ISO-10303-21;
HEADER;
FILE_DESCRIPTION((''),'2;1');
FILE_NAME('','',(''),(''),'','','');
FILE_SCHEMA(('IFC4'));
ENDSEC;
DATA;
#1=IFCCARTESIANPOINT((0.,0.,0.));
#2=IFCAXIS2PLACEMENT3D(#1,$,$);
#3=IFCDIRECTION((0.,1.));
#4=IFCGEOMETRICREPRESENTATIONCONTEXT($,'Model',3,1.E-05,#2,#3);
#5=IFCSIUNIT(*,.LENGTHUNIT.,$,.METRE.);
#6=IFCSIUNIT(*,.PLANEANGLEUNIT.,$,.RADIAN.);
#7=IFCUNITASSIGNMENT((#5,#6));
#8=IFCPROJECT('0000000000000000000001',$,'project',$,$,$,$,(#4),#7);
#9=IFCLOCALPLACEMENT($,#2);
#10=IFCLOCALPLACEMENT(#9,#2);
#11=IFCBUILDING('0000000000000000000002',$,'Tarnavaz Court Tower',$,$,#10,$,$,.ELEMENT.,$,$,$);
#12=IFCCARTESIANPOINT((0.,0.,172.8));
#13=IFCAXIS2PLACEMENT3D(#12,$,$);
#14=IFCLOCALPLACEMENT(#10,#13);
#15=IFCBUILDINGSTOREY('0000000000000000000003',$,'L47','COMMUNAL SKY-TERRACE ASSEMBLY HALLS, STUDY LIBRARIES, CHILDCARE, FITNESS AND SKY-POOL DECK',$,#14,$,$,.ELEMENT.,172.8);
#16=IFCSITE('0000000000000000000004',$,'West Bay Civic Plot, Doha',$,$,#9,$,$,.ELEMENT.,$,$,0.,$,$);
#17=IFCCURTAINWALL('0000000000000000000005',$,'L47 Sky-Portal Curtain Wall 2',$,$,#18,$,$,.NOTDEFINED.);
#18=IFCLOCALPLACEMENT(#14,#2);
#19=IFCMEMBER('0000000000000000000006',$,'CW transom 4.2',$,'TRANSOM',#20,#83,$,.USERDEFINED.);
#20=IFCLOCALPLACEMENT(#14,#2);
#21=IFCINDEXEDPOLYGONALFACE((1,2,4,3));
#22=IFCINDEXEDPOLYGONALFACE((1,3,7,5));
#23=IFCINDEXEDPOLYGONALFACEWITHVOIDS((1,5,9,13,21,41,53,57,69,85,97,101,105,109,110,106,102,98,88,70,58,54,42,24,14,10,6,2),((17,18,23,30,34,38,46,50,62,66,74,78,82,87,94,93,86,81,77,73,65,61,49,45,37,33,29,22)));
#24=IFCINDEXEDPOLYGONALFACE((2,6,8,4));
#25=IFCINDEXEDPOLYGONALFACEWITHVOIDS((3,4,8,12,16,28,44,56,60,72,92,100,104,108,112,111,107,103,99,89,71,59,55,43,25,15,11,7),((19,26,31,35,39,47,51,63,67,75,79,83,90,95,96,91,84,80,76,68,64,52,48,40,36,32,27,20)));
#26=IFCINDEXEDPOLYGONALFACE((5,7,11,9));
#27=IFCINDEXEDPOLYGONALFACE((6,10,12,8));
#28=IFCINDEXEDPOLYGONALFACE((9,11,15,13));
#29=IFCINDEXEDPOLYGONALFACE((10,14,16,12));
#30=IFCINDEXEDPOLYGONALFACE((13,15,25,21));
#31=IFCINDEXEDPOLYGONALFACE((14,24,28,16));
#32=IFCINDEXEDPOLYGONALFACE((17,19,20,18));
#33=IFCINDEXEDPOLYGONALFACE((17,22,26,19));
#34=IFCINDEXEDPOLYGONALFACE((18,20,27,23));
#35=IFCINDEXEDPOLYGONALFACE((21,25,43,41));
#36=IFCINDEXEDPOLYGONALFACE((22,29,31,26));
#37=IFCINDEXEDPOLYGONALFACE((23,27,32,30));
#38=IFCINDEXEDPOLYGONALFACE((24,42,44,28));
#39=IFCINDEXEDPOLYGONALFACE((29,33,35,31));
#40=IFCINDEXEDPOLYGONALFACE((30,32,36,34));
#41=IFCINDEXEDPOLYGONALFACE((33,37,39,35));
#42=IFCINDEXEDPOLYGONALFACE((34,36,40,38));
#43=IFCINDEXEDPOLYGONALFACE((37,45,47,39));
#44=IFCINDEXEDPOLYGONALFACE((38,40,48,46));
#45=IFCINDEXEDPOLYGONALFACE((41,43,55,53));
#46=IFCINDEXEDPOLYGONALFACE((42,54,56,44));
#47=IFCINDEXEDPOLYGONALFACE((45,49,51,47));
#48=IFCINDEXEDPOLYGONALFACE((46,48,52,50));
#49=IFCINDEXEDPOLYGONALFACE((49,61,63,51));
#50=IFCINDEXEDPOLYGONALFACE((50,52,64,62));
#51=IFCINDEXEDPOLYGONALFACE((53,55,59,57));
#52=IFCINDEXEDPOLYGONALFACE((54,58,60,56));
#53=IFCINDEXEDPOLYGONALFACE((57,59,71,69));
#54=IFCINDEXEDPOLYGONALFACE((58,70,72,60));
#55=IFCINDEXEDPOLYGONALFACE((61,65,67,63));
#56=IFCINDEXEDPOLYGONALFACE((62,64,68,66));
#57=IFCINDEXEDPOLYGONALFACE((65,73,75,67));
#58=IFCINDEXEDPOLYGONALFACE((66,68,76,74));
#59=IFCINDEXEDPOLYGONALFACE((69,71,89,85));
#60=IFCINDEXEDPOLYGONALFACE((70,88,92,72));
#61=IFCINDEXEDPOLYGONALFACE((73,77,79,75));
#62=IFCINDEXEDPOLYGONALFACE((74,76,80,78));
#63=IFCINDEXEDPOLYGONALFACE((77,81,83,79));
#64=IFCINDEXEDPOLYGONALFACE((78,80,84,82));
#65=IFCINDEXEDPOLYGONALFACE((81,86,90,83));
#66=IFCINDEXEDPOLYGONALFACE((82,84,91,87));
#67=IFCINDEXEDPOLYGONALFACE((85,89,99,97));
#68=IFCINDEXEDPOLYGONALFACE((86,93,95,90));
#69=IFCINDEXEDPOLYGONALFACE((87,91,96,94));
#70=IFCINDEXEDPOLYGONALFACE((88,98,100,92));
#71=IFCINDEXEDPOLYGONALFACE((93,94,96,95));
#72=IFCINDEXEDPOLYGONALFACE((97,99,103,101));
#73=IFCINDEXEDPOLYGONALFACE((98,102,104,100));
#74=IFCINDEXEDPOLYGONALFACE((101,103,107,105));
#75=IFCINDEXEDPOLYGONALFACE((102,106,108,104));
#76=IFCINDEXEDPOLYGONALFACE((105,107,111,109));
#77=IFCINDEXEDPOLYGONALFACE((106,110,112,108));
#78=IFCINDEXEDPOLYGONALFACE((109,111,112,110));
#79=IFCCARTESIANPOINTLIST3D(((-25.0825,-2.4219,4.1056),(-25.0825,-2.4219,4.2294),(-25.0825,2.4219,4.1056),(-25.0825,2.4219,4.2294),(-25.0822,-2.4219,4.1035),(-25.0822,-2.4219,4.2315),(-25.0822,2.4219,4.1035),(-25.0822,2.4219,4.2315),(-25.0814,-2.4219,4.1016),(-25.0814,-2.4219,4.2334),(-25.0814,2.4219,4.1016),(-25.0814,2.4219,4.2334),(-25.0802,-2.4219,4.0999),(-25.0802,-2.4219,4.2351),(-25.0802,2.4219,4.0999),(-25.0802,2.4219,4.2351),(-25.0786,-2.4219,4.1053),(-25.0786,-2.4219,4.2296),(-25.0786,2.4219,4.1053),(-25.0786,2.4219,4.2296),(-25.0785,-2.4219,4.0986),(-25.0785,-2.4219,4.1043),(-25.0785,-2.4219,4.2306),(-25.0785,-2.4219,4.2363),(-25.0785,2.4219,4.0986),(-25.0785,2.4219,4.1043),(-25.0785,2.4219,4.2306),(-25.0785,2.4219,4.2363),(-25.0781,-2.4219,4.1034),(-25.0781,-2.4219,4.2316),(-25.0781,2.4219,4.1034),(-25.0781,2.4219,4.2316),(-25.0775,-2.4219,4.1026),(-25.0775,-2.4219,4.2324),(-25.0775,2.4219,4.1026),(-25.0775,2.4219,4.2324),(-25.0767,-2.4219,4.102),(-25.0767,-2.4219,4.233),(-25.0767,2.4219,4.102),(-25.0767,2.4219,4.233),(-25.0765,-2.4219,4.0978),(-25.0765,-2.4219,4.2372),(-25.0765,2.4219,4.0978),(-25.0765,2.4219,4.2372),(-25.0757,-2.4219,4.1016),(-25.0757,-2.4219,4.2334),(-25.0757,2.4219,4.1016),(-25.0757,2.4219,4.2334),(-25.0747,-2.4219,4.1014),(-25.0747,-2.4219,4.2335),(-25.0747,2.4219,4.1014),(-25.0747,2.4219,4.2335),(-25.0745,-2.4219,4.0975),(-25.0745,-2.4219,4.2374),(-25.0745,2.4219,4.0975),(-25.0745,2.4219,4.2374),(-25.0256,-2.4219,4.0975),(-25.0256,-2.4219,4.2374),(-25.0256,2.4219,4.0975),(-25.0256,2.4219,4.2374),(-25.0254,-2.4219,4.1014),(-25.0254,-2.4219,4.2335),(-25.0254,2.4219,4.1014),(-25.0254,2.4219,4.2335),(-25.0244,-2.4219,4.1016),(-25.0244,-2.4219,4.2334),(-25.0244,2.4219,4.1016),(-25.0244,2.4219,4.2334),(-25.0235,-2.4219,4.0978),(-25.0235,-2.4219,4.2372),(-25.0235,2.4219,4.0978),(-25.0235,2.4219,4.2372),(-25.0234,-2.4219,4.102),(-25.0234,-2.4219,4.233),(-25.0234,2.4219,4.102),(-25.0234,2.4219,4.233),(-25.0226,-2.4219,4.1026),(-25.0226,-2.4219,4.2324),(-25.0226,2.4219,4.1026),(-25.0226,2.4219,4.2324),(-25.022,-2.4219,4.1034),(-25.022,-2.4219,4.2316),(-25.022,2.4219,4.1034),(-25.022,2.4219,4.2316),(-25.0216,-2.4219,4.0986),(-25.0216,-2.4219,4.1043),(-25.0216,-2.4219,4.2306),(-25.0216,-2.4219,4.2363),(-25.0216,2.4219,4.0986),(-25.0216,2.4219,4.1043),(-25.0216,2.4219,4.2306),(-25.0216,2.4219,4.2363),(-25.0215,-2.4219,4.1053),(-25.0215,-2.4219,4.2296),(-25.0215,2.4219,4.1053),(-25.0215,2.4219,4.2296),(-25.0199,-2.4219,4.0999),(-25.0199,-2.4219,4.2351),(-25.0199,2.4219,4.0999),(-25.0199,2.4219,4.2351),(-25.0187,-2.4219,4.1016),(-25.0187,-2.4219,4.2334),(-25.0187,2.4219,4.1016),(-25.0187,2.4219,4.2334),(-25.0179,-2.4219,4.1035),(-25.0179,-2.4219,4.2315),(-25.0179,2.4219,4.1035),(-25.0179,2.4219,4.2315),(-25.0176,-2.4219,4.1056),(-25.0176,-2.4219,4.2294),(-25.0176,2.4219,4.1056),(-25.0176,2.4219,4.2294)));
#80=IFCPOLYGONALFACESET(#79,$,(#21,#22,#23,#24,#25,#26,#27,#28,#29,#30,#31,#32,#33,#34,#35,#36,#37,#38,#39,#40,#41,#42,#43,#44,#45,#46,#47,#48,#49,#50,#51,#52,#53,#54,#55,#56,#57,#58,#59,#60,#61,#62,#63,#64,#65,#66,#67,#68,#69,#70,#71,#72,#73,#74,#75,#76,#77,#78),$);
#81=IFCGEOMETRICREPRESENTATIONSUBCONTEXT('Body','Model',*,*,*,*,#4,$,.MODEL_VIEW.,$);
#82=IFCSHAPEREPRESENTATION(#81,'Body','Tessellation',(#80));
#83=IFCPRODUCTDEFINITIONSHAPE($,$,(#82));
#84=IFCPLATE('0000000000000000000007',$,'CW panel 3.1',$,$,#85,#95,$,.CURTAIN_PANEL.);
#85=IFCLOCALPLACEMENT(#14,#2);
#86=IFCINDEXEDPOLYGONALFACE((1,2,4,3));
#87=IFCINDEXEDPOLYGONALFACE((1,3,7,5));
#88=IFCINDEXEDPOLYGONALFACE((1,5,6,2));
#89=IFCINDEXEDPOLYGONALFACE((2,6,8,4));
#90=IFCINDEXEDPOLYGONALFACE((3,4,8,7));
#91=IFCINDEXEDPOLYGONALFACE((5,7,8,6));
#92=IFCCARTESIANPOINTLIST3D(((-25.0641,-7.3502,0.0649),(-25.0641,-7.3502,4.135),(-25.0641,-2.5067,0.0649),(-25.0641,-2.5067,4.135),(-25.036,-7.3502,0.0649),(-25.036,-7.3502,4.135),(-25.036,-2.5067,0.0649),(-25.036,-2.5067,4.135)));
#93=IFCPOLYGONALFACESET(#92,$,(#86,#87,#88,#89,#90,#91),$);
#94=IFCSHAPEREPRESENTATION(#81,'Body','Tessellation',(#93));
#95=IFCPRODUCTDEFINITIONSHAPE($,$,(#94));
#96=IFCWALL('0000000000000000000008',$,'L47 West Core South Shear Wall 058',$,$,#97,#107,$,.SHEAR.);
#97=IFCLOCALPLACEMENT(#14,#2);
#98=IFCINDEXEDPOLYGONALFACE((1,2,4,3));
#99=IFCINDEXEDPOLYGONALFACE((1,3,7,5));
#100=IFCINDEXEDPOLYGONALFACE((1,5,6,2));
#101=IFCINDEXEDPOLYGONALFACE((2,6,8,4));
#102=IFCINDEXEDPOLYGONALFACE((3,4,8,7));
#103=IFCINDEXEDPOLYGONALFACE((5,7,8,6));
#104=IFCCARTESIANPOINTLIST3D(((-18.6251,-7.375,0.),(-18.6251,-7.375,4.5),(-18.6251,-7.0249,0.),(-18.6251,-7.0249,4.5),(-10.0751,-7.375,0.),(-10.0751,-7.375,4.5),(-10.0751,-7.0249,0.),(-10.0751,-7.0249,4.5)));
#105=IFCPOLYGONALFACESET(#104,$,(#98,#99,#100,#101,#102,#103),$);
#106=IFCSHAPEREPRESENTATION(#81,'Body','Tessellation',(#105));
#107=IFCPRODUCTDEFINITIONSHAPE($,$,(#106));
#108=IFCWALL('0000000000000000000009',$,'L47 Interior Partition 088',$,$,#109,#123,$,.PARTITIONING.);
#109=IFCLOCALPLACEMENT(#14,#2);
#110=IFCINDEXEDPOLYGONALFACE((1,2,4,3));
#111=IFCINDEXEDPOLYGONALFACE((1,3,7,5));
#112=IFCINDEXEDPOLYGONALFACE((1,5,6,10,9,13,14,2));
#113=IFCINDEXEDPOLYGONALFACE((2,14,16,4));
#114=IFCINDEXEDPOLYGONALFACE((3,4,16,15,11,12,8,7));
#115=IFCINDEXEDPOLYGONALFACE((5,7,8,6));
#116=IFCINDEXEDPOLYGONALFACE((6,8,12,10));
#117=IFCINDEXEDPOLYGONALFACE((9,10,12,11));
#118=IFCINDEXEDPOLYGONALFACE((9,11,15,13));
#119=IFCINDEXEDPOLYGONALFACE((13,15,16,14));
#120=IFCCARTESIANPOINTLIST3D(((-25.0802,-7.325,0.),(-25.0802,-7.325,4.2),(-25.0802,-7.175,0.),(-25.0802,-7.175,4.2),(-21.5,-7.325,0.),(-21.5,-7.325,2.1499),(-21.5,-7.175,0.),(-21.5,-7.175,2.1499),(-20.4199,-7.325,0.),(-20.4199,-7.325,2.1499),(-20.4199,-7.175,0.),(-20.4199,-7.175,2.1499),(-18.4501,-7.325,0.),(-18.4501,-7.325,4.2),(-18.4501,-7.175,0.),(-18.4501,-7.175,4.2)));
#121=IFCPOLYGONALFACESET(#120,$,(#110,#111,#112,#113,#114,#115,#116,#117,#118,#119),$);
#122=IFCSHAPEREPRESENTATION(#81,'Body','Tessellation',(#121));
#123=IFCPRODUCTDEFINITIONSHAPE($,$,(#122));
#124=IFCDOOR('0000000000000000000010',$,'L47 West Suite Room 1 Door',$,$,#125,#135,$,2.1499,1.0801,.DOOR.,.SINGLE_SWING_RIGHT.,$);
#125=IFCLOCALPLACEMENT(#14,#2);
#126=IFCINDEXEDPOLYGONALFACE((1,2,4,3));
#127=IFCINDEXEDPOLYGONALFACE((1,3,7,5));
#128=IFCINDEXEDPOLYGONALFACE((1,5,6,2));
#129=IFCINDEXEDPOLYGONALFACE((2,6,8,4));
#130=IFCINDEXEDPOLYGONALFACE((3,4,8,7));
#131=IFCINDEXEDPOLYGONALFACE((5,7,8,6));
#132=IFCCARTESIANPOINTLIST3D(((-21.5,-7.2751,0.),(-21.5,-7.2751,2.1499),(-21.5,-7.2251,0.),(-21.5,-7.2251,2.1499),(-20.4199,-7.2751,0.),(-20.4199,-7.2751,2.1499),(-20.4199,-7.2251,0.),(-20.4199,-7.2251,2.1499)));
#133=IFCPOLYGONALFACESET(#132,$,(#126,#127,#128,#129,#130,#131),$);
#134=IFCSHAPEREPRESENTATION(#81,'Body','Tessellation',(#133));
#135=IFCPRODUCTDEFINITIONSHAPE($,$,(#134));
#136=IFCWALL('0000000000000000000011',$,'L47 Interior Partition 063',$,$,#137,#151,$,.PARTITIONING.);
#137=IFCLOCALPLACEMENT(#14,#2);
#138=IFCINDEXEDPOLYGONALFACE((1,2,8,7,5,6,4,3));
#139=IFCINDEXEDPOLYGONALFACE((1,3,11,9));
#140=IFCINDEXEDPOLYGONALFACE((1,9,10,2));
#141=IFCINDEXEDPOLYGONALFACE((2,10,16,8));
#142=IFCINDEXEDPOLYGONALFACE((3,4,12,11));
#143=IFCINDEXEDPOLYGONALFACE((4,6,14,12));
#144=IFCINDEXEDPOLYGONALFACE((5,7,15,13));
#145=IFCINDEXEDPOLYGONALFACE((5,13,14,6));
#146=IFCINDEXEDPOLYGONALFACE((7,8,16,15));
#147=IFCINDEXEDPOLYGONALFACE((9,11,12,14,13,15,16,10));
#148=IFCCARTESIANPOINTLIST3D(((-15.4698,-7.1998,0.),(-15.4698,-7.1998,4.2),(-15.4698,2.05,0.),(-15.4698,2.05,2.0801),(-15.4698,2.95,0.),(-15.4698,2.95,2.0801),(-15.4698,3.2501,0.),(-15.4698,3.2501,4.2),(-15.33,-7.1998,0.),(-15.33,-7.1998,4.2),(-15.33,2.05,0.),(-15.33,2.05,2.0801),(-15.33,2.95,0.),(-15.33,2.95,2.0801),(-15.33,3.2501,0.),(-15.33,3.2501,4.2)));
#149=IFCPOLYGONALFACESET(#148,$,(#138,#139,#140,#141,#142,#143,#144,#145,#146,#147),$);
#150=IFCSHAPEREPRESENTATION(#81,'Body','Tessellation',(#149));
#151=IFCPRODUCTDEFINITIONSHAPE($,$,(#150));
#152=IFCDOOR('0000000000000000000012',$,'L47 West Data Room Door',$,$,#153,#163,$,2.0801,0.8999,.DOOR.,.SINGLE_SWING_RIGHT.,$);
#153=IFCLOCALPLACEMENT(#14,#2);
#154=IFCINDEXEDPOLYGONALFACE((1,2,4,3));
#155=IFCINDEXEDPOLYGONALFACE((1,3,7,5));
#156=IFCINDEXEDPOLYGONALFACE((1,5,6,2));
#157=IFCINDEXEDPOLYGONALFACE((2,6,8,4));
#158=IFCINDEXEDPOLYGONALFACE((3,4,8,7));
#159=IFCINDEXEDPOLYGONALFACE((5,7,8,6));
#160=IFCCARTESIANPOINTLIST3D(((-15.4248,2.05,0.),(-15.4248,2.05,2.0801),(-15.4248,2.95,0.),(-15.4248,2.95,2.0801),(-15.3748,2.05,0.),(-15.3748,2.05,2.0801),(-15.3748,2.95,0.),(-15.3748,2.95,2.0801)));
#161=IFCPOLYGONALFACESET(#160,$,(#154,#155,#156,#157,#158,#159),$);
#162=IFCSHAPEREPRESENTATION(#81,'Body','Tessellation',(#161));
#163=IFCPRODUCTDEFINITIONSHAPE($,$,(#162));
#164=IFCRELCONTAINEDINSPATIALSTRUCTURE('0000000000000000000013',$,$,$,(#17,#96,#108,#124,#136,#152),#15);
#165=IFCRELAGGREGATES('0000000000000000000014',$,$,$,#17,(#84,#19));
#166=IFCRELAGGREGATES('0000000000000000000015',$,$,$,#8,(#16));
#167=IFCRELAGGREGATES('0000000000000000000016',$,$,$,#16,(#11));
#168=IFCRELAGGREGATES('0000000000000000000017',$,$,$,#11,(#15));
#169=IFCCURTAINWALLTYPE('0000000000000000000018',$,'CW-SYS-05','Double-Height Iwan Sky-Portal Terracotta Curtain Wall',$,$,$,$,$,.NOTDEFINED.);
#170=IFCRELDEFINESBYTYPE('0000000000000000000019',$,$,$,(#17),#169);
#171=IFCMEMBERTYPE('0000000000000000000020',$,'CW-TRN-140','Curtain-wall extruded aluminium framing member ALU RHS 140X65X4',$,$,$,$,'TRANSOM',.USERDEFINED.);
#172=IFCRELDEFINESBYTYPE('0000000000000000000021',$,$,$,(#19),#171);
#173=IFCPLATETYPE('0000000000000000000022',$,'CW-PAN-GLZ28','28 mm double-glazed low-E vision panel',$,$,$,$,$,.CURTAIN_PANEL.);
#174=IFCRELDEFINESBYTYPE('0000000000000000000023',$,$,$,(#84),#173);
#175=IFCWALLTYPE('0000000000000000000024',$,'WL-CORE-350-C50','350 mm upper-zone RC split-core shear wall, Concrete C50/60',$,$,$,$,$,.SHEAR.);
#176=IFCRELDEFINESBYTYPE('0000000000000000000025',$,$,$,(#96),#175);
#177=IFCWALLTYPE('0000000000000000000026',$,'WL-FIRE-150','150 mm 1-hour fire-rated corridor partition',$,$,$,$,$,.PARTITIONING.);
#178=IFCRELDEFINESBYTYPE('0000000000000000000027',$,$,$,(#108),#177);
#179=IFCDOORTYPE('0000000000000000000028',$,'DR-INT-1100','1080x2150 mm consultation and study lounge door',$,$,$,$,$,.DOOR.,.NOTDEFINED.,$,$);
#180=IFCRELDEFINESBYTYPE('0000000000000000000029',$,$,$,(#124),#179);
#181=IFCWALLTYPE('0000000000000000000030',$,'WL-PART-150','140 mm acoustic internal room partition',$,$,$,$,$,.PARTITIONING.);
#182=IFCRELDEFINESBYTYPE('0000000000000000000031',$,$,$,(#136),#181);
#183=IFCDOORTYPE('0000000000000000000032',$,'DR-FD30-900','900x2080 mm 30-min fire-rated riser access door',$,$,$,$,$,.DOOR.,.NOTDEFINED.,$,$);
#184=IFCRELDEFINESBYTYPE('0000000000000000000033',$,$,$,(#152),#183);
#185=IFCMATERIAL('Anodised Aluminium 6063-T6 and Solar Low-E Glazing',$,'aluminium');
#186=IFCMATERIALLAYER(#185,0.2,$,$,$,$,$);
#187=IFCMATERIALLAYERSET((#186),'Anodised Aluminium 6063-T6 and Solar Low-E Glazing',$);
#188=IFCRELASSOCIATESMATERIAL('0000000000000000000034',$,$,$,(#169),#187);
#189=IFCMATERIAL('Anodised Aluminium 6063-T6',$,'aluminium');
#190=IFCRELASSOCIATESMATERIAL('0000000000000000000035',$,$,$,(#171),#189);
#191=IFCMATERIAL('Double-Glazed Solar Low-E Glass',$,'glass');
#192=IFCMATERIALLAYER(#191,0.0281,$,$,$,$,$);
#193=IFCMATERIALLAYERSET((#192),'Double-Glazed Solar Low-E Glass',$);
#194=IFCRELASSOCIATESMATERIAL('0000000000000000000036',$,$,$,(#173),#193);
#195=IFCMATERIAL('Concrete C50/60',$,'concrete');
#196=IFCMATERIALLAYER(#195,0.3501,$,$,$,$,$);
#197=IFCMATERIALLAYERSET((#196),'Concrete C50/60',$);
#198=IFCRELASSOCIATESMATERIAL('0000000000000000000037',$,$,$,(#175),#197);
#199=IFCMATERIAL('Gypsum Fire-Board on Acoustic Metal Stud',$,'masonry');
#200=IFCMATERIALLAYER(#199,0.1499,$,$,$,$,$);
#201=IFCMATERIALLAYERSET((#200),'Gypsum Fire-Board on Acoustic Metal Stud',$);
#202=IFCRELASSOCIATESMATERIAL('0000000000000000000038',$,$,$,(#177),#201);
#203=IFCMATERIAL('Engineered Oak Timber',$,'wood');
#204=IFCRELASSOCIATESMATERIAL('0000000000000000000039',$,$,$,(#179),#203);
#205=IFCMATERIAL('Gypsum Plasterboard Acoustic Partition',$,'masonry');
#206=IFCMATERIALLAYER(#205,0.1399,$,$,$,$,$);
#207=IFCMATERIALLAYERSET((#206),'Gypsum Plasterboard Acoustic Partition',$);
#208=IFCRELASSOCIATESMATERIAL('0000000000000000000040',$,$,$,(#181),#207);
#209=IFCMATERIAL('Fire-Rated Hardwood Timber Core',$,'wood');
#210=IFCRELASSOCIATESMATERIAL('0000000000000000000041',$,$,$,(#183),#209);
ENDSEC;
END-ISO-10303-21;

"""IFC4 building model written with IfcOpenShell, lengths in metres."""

from ifc_helpers import new_model, si_unit, direction, frame, frame_2d, origin, origin_2d, place, context, subcontext, project, spatial, rectangle, hollow_rectangle, extrude, material, layer, layer_set, material_profile, profile_set, type_object, element, fill, aggregate, save


model = new_model("IFC4")

# Units and contexts
model_context = context("Model", 3, precision=1e-05, world=origin(), true_north=direction((0.0, 1.0)))
body_context = subcontext(model_context, "Body", "Model", "MODEL_VIEW")
ifc_project = project(units=[si_unit("LENGTHUNIT", "METRE"), si_unit("PLANEANGLEUNIT", "RADIAN")], contexts=[model_context])

# Site, building, storey
site_placement = place(None, origin())
site = spatial("IfcSite", under=ifc_project, at=site_placement, Name="West Bay Civic Plot, Doha", CompositionType="ELEMENT", RefElevation=0.0)
building_placement = place(site_placement, origin())
building = spatial("IfcBuilding", under=site, at=building_placement, Name="Tarnavaz Court Tower", CompositionType="ELEMENT")
storey_placement = place(building_placement, frame((0.0, 0.0, 172.8)))
storey = spatial("IfcBuildingStorey", under=building, at=storey_placement, Name="L47", Description="COMMUNAL SKY-TERRACE ASSEMBLY HALLS, STUDY LIBRARIES, CHILDCARE, FITNESS AND SKY-POOL DECK", CompositionType="ELEMENT", Elevation=172.8)

# Shared definitions
ifc_material_1 = material(Name="Concrete C50/60", Category="concrete")

# Curtain wall, member, plate
ifc_material_2 = material(Name="Anodised Aluminium 6063-T6 and Solar Low-E Glazing", Category="aluminium")
ifc_layer_1 = layer(ifc_material_2, 0.2)
ifc_layer_set_1 = layer_set([ifc_layer_1], Name="Anodised Aluminium 6063-T6 and Solar Low-E Glazing")
curtain_wall_type = type_object("IfcCurtainWallType", Name="CW-SYS-05", Description="Double-Height Iwan Sky-Portal Terracotta Curtain Wall", PredefinedType="NOTDEFINED", material=ifc_layer_set_1)
curtain_wall_placement = place(storey_placement, origin())
curtain_wall = element("IfcCurtainWall", 1, at=curtain_wall_placement, inside=storey, type_object=curtain_wall_type, Name="L47 Sky-Portal Curtain Wall 2", PredefinedType="NOTDEFINED")
ifc_material_3 = material(Name="Anodised Aluminium 6063-T6", Category="aluminium")
ifc_material_profile_1 = material_profile(ifc_material_3, hollow_rectangle(XDim=0.0649, YDim=0.1399, WallThickness=0.0039, InnerFilletRadius=0.0039, OuterFilletRadius=0.0081, at=origin_2d()), Name="ALU RHS 140X65X4")
ifc_profile_set_1 = profile_set([ifc_material_profile_1], Name="Anodised Aluminium 6063-T6")
member_type_1 = type_object("IfcMemberType", Name="CW-TRN-140", Description="Curtain-wall extruded aluminium framing member ALU RHS 140X65X4", ElementType="TRANSOM", PredefinedType="USERDEFINED", material=ifc_profile_set_1)
member_1_placement = place(storey_placement, frame((-25.05, -2.4219, 4.1675), z_axis=(0.0, 1.0, 0.0), x_axis=(-1.0, 0.0, 0.0)))
member_1 = element("IfcMember", 2, at=member_1_placement, type_object=member_type_1, Name="CW transom 4.2", ObjectType="TRANSOM", PredefinedType="USERDEFINED", context=body_context, shape_type="SweptSolid", body=[
    extrude(hollow_rectangle(XDim=0.0649, YDim=0.1399, WallThickness=0.0039, InnerFilletRadius=0.0039, OuterFilletRadius=0.0081, at=origin_2d()), origin(), (0.0, 0.0, 1.0), 4.8438),
])
ifc_material_4 = material(Name="Double-Glazed Solar Low-E Glass", Category="glass")
ifc_layer_2 = layer(ifc_material_4, 0.0281)
ifc_layer_set_2 = layer_set([ifc_layer_2], Name="Double-Glazed Solar Low-E Glass")
plate_type = type_object("IfcPlateType", Name="CW-PAN-GLZ28", Description="28 mm double-glazed low-E vision panel", PredefinedType="CURTAIN_PANEL", material=ifc_layer_set_2)
plate_placement = place(storey_placement, frame((-25.05, -4.9285, 0.0649), z_axis=(0.0, 0.0, 1.0), x_axis=(0.0, 1.0, 0.0)))
plate = element("IfcPlate", 3, at=plate_placement, type_object=plate_type, Name="CW panel 3.1", PredefinedType="CURTAIN_PANEL", context=body_context, shape_type="SweptSolid", body=[
    extrude(rectangle(XDim=4.8435, YDim=0.0281, at=origin_2d()), origin(), (0.0, 0.0, 1.0), 4.0701),
])
aggregate(curtain_wall, [plate, member_1])

# Wall
ifc_layer_3 = layer(ifc_material_1, 0.3501)
ifc_layer_set_3 = layer_set([ifc_layer_3], Name="Concrete C50/60")
wall_type_1 = type_object("IfcWallType", Name="WL-CORE-350-C50", Description="350 mm upper-zone RC split-core shear wall, Concrete C50/60", PredefinedType="SHEAR", material=ifc_layer_set_3)
wall_1_placement = place(storey_placement, frame((-18.625, -7.2, 0.0), z_axis=(0.0, 0.0, 1.0), x_axis=(1.0, 0.0, 0.0)))
element("IfcWall", 4, at=wall_1_placement, inside=storey, type_object=wall_type_1, Name="L47 West Core South Shear Wall 058", PredefinedType="SHEAR", context=body_context, shape_type="SweptSolid", body=[
    extrude(rectangle(XDim=8.55, YDim=0.3501, at=frame_2d((4.2749, 0.0))), origin(), (0.0, 0.0, 1.0), 4.5),
])

# Walls, openings, doors
ifc_material_5 = material(Name="Gypsum Fire-Board on Acoustic Metal Stud", Category="masonry")
ifc_layer_4 = layer(ifc_material_5, 0.1499)
ifc_layer_set_4 = layer_set([ifc_layer_4], Name="Gypsum Fire-Board on Acoustic Metal Stud")
wall_type_2 = type_object("IfcWallType", Name="WL-FIRE-150", Description="150 mm 1-hour fire-rated corridor partition", PredefinedType="PARTITIONING", material=ifc_layer_set_4)
wall_2_placement = place(storey_placement, frame((-25.0801, -7.25, 0.0), z_axis=(0.0, 0.0, 1.0), x_axis=(1.0, 0.0, 0.0)))
wall_2 = element("IfcWall", 5, at=wall_2_placement, inside=storey, type_object=wall_type_2, Name="L47 Interior Partition 088", PredefinedType="PARTITIONING", context=body_context, shape_type="SweptSolid", body=[
    extrude(rectangle(XDim=6.6301, YDim=0.1499, at=frame_2d((3.3149, 0.0))), origin(), (0.0, 0.0, 1.0), 4.2),
])
opening_1_placement = place(wall_2_placement, frame((3.5801, 0.0, 0.0)))
opening_1 = element("IfcOpeningElement", 6, at=opening_1_placement, cuts=wall_2, PredefinedType="OPENING", context=body_context, shape_type="SweptSolid", body=[
    extrude(rectangle(XDim=1.0801, YDim=2.1499, at=frame_2d((0.54, 1.075))), frame((0.0, 0.085, 0.0), z_axis=(0.0, -1.0, 0.0), x_axis=(1.0, 0.0, 0.0)), (0.0, 0.0, 1.0), 0.1699),
])
ifc_material_6 = material(Name="Engineered Oak Timber", Category="wood")
door_type_1 = type_object("IfcDoorType", Name="DR-INT-1100", Description="1080x2150 mm consultation and study lounge door", OperationType="NOTDEFINED", PredefinedType="DOOR", material=ifc_material_6)
door_1_placement = place(opening_1_placement, origin())
door_1 = element("IfcDoor", 7, at=door_1_placement, inside=storey, type_object=door_type_1, Name="L47 West Suite Room 1 Door", OperationType="SINGLE_SWING_RIGHT", OverallHeight=2.1499, OverallWidth=1.0801, PredefinedType="DOOR", context=body_context, shape_type="SweptSolid", body=[
    extrude(rectangle(XDim=1.0801, YDim=2.1499, at=frame_2d((0.54, 1.075))), frame((0.0, 0.0249, 0.0), z_axis=(0.0, -1.0, 0.0), x_axis=(1.0, 0.0, 0.0)), (0.0, 0.0, 1.0), 0.05),
])
fill(opening_1, door_1)
ifc_material_7 = material(Name="Gypsum Plasterboard Acoustic Partition", Category="masonry")
ifc_layer_5 = layer(ifc_material_7, 0.1399)
ifc_layer_set_5 = layer_set([ifc_layer_5], Name="Gypsum Plasterboard Acoustic Partition")
wall_type_3 = type_object("IfcWallType", Name="WL-PART-150", Description="140 mm acoustic internal room partition", PredefinedType="PARTITIONING", material=ifc_layer_set_5)
wall_3_placement = place(storey_placement, frame((-15.3999, -7.2, 0.0), z_axis=(0.0, 0.0, 1.0), x_axis=(0.0, 1.0, 0.0)))
wall_3 = element("IfcWall", 8, at=wall_3_placement, inside=storey, type_object=wall_type_3, Name="L47 Interior Partition 063", PredefinedType="PARTITIONING", context=body_context, shape_type="SweptSolid", body=[
    extrude(rectangle(XDim=10.45, YDim=0.1399, at=frame_2d((5.2251, 0.0))), origin(), (0.0, 0.0, 1.0), 4.2),
])
opening_2_placement = place(wall_3_placement, frame((9.25, 0.0, 0.0)))
opening_2 = element("IfcOpeningElement", 9, at=opening_2_placement, cuts=wall_3, PredefinedType="OPENING", context=body_context, shape_type="SweptSolid", body=[
    extrude(rectangle(XDim=0.8999, YDim=2.0801, at=frame_2d((0.45, 1.04))), frame((0.0, 0.0798, 0.0), z_axis=(0.0, -1.0, 0.0), x_axis=(1.0, 0.0, 0.0)), (0.0, 0.0, 1.0), 0.1599),
])
ifc_material_8 = material(Name="Fire-Rated Hardwood Timber Core", Category="wood")
door_type_2 = type_object("IfcDoorType", Name="DR-FD30-900", Description="900x2080 mm 30-min fire-rated riser access door", OperationType="NOTDEFINED", PredefinedType="DOOR", material=ifc_material_8)
door_2_placement = place(opening_2_placement, origin())
door_2 = element("IfcDoor", 10, at=door_2_placement, inside=storey, type_object=door_type_2, Name="L47 West Data Room Door", OperationType="SINGLE_SWING_RIGHT", OverallHeight=2.0801, OverallWidth=0.8999, PredefinedType="DOOR", context=body_context, shape_type="SweptSolid", body=[
    extrude(rectangle(XDim=0.8999, YDim=2.0801, at=frame_2d((0.45, 1.04))), frame((0.0, 0.0249, 0.0), z_axis=(0.0, -1.0, 0.0), x_axis=(1.0, 0.0, 0.0)), (0.0, 0.0, 1.0), 0.05),
])
fill(opening_2, door_2)

save(model, "model.ifc")
